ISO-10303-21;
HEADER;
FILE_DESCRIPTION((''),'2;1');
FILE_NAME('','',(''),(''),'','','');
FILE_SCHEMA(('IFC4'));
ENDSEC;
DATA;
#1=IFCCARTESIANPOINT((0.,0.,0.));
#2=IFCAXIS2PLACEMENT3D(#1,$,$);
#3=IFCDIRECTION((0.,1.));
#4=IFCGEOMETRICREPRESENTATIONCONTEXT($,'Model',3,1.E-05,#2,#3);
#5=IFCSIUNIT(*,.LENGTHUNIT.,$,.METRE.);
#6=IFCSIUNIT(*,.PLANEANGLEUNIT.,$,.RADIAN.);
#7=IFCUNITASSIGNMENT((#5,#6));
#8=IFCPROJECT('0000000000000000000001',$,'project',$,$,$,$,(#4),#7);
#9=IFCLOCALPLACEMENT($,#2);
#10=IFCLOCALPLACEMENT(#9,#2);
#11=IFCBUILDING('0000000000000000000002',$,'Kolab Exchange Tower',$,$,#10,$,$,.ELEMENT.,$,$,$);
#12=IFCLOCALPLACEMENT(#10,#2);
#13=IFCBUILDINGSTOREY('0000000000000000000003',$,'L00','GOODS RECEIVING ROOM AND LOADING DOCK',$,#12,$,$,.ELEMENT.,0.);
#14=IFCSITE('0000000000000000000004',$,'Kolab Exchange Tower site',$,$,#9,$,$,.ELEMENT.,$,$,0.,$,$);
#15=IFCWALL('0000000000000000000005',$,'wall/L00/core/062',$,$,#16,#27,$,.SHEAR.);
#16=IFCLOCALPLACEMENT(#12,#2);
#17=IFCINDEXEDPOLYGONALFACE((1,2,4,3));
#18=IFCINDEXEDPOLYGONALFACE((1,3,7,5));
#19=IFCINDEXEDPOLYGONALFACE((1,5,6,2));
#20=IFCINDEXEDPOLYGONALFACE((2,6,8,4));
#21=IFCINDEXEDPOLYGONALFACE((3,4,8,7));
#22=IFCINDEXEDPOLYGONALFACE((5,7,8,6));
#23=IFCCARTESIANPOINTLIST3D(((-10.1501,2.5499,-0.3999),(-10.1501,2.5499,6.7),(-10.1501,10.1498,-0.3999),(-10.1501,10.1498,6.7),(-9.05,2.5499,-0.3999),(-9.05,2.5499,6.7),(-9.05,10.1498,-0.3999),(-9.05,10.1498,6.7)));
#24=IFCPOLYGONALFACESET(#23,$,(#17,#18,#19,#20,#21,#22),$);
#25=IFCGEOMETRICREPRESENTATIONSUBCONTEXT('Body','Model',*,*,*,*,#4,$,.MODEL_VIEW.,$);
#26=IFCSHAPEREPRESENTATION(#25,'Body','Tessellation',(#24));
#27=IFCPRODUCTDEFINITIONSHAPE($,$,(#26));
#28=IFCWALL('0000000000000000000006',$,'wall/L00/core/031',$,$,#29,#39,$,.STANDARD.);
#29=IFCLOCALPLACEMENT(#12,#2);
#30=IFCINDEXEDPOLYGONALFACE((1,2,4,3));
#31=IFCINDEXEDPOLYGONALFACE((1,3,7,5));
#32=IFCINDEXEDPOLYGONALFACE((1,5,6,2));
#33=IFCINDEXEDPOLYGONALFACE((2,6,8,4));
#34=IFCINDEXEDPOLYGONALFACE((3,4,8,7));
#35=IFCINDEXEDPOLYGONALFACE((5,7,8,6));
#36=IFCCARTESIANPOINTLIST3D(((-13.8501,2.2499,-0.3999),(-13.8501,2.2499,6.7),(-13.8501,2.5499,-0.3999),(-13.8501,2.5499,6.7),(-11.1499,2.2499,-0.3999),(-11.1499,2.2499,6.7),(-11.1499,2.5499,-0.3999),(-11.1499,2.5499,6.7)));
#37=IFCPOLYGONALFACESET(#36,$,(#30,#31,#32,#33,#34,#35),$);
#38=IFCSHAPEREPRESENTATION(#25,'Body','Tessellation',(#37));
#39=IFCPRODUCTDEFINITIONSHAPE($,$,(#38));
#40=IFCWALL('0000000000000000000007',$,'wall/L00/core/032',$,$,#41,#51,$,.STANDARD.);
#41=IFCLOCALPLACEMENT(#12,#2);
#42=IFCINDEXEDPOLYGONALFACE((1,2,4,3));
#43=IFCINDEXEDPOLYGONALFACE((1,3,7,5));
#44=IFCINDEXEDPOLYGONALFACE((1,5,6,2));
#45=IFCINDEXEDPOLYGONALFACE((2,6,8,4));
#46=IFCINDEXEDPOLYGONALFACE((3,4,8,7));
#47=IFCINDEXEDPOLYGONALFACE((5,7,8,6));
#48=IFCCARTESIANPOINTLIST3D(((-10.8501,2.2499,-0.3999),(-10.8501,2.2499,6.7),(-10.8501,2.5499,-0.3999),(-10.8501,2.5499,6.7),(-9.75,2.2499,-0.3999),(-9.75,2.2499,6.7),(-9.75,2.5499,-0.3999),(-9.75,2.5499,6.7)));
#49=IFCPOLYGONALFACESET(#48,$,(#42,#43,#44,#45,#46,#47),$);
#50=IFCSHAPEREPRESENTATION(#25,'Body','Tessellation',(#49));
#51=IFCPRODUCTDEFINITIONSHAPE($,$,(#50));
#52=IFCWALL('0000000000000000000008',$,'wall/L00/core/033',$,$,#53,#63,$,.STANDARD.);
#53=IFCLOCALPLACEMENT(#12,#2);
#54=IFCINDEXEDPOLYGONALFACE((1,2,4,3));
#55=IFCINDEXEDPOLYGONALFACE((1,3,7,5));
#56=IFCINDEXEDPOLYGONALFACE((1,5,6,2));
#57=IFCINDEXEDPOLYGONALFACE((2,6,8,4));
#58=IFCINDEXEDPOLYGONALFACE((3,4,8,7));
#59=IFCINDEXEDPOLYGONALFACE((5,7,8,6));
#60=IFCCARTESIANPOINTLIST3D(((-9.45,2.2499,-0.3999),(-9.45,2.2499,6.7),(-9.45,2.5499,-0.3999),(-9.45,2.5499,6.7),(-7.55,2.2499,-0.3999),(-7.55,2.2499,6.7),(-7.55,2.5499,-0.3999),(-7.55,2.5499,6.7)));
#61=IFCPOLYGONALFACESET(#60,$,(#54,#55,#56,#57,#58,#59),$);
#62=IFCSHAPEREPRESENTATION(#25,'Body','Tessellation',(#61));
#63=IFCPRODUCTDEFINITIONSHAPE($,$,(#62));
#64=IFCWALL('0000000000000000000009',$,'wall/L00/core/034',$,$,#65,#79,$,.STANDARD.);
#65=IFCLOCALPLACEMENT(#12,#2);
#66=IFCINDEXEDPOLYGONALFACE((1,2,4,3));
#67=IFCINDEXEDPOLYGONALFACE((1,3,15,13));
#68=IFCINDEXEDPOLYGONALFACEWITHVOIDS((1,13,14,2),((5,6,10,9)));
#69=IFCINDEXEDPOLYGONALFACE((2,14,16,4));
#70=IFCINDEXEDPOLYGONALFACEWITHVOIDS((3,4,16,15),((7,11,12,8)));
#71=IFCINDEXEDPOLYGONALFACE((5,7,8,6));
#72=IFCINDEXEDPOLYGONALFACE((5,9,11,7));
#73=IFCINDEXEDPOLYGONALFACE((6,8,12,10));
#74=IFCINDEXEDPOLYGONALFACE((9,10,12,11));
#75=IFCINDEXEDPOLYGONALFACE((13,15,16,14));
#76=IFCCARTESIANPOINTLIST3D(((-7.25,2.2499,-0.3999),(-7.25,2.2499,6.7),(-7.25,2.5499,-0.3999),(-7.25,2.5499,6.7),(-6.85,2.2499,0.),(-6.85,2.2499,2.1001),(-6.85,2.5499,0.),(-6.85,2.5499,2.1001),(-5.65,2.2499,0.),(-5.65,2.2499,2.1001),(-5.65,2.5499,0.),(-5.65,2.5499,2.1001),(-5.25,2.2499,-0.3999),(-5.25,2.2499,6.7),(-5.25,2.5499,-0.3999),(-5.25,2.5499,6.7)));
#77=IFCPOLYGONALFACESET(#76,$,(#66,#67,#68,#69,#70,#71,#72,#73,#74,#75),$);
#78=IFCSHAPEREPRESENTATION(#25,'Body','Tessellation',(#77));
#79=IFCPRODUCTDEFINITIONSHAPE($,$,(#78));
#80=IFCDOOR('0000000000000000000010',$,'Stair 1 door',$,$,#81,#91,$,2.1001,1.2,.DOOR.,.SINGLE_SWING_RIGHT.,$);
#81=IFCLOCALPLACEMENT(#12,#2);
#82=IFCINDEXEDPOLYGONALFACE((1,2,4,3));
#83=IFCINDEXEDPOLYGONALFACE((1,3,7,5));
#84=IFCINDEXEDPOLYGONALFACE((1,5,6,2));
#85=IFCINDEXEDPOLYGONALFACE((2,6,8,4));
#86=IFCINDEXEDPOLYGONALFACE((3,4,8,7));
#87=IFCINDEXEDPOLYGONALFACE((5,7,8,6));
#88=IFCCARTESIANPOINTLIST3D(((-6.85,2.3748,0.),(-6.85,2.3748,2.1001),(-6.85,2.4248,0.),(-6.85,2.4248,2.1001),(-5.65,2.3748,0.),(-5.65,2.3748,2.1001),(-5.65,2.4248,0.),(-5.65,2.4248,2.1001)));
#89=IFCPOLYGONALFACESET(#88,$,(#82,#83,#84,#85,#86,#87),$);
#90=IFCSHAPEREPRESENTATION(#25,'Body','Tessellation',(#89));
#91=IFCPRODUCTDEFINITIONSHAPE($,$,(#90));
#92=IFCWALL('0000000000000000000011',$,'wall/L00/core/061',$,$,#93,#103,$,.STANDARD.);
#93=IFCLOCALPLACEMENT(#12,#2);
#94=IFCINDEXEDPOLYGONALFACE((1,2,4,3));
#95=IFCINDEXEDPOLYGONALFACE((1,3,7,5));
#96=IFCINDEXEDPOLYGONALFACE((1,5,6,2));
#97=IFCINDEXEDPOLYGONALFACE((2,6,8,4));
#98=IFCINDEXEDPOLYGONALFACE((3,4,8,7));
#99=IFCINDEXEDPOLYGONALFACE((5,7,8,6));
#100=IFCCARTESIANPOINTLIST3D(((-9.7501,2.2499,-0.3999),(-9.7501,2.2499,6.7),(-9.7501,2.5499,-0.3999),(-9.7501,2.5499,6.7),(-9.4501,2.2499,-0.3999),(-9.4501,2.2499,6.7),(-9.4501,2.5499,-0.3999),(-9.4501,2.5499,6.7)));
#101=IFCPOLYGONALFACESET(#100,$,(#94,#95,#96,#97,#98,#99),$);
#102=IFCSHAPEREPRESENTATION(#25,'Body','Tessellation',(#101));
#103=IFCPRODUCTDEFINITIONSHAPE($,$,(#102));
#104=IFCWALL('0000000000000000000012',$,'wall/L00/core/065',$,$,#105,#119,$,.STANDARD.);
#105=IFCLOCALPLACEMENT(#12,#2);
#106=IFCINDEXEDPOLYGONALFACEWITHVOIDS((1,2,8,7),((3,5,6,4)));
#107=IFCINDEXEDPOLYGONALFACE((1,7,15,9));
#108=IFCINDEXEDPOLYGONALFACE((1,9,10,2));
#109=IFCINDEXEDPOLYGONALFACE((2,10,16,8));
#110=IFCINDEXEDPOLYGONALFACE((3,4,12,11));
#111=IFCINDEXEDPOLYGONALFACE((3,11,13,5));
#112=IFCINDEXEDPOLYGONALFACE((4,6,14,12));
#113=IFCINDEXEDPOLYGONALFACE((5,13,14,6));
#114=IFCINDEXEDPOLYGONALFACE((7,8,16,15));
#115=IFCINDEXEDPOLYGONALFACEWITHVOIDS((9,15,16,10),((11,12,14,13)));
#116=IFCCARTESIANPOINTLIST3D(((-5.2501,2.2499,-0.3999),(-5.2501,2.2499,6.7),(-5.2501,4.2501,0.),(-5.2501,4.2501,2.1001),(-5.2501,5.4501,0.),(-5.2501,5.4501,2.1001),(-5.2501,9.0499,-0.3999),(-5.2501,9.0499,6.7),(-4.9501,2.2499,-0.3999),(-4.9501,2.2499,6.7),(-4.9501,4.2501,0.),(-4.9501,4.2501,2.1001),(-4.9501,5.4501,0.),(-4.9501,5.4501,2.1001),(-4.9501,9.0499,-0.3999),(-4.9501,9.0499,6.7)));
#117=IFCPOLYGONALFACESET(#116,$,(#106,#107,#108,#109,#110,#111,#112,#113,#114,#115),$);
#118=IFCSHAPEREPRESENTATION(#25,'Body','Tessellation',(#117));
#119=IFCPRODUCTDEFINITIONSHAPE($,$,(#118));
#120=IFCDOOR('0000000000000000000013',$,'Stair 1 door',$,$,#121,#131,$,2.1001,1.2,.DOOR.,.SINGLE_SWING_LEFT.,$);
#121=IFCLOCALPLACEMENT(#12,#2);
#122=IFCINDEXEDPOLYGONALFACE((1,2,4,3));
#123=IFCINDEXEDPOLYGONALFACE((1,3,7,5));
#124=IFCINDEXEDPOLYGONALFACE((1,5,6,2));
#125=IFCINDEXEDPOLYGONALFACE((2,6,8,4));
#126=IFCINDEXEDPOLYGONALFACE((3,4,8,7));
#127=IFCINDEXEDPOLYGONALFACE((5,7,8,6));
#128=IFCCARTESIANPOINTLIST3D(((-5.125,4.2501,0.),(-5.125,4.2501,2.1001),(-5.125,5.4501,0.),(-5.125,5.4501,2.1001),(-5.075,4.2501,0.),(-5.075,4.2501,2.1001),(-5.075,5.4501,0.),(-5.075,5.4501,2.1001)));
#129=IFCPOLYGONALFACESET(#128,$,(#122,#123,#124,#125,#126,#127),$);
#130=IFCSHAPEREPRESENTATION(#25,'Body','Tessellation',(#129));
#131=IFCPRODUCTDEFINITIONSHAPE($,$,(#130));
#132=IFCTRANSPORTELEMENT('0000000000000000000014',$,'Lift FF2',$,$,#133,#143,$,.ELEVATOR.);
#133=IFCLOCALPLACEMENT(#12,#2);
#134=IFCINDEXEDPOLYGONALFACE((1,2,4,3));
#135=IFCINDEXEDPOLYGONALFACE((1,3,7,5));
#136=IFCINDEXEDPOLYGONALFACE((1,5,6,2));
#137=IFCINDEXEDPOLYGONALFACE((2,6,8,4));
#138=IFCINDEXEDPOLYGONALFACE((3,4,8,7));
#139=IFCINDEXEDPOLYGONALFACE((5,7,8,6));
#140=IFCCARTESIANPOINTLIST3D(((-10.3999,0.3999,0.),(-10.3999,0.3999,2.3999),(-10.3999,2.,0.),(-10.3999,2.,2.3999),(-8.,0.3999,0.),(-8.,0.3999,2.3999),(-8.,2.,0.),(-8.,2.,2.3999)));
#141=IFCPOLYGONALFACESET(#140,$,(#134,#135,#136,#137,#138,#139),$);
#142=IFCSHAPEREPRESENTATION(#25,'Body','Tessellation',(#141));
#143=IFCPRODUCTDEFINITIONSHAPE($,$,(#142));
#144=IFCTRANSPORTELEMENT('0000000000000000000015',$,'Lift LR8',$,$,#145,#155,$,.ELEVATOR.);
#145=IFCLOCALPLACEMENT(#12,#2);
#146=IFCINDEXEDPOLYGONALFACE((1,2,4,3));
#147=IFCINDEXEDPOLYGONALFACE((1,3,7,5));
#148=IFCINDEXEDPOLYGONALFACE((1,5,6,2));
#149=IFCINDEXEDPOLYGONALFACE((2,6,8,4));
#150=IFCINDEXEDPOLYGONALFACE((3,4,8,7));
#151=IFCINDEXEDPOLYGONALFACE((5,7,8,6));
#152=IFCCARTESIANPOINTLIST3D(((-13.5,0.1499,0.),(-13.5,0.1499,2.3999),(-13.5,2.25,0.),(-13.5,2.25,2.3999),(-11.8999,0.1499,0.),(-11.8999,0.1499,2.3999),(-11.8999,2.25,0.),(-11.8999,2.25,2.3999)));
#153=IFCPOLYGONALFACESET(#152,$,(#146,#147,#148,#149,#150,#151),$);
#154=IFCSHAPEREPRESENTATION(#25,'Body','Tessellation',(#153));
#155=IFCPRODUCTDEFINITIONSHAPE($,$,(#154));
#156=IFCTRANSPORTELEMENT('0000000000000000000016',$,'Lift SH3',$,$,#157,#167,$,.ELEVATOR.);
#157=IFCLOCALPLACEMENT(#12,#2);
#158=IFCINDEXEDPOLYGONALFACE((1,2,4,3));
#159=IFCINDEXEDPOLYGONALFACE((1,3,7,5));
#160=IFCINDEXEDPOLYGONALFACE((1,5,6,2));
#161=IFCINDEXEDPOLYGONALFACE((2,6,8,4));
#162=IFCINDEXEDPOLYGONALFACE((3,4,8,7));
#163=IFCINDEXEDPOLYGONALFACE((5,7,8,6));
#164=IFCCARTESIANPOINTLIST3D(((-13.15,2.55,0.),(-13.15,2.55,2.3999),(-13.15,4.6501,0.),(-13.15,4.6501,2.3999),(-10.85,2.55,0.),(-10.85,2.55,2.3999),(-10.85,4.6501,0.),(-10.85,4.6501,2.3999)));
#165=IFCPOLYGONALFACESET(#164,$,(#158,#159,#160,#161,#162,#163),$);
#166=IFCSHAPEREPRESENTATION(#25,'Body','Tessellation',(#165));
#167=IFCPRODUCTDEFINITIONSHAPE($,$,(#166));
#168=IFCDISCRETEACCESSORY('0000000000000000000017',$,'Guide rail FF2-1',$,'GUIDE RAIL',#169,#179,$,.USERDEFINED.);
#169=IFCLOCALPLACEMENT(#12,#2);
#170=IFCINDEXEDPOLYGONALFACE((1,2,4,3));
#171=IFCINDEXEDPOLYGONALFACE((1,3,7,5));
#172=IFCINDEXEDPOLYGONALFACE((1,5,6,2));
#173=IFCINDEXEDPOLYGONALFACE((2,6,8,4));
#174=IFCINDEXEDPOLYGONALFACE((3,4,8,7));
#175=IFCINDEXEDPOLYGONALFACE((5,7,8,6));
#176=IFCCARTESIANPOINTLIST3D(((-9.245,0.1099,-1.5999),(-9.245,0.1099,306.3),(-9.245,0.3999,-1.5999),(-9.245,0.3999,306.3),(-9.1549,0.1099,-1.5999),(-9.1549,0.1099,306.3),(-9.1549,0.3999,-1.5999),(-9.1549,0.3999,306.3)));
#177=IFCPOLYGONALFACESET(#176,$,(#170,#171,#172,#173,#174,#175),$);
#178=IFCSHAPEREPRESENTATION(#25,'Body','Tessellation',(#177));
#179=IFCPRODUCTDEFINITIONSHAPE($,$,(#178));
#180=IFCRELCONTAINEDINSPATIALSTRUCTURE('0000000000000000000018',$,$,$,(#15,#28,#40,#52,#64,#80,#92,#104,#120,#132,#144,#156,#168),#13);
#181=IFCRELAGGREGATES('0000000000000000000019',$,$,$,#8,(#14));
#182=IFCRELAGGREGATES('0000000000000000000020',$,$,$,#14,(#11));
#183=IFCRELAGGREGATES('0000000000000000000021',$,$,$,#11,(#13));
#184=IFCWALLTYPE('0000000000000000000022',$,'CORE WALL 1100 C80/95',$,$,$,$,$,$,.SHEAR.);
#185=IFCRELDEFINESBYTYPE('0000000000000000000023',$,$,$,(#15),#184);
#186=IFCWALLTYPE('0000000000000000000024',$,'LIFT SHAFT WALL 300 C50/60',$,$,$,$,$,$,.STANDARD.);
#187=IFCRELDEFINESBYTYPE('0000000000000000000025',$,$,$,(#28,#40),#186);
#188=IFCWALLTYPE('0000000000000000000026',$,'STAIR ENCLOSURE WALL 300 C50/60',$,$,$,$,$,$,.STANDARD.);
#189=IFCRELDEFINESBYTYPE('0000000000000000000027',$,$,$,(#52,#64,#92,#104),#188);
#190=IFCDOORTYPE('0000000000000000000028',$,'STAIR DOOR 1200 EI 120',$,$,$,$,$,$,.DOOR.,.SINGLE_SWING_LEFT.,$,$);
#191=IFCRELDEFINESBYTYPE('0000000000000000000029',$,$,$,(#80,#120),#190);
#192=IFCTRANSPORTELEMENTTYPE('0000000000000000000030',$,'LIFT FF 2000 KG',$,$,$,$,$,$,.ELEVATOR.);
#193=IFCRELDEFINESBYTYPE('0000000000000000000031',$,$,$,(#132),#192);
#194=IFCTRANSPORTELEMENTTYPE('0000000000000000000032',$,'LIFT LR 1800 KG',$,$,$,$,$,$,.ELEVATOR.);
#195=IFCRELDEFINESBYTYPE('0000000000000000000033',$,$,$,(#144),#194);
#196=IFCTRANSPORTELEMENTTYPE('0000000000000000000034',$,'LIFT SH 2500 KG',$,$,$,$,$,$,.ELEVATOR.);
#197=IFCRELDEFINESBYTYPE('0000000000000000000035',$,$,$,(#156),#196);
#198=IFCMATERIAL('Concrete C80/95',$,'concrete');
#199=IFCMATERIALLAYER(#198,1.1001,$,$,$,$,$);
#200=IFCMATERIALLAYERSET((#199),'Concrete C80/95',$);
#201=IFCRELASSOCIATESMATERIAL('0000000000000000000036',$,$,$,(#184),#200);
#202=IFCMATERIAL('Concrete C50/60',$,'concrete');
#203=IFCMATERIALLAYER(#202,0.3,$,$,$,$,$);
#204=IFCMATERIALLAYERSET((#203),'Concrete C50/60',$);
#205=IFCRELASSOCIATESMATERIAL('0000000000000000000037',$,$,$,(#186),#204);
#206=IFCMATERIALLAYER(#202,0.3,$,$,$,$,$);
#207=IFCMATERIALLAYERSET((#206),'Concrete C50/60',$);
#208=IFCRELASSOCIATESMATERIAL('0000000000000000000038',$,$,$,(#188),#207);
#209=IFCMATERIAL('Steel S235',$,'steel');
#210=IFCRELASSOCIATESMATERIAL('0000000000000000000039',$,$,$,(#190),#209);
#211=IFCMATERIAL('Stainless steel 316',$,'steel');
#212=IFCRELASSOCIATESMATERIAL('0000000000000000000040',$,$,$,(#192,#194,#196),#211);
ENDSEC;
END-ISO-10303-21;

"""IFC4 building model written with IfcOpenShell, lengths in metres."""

from ifc_helpers import new_model, si_unit, direction, frame, frame_2d, origin, origin_2d, place, context, subcontext, project, spatial, rectangle, extrude, material, layer, layer_set, type_object, element, fill, save


model = new_model("IFC4")

# Units and contexts
model_context = context("Model", 3, precision=1e-05, world=origin(), true_north=direction((0.0, 1.0)))
body_context = subcontext(model_context, "Body", "Model", "MODEL_VIEW")
ifc_project = project(units=[si_unit("LENGTHUNIT", "METRE"), si_unit("PLANEANGLEUNIT", "RADIAN")], contexts=[model_context])

# Site, building, storey
site_placement = place(None, origin())
site = spatial("IfcSite", under=ifc_project, at=site_placement, Name="Kolab Exchange Tower site", CompositionType="ELEMENT", RefElevation=0.0)
building_placement = place(site_placement, origin())
building = spatial("IfcBuilding", under=site, at=building_placement, Name="Kolab Exchange Tower", CompositionType="ELEMENT")
storey_placement = place(building_placement, origin())
storey = spatial("IfcBuildingStorey", under=building, at=storey_placement, Name="L00", Description="GOODS RECEIVING ROOM AND LOADING DOCK", CompositionType="ELEMENT", Elevation=0.0)

# Walls
ifc_material_1 = material(Name="Concrete C80/95", Category="concrete")
ifc_layer_1 = layer(ifc_material_1, 1.1001)
ifc_layer_set_1 = layer_set([ifc_layer_1], Name="Concrete C80/95")
wall_type_1 = type_object("IfcWallType", Name="CORE WALL 1100 C80/95", PredefinedType="SHEAR", material=ifc_layer_set_1)
wall_1_placement = place(storey_placement, frame((-9.6001, 2.55, -0.3999), z_axis=(0.0, 0.0, 1.0), x_axis=(0.0, 1.0, 0.0)))
element("IfcWall", 1, at=wall_1_placement, inside=storey, type_object=wall_type_1, Name="wall/L00/core/062", PredefinedType="SHEAR", context=body_context, shape_type="SweptSolid", body=[
    extrude(rectangle(XDim=7.5999, YDim=1.1001, at=frame_2d((3.7998, 0.0))), origin(), (0.0, 0.0, 1.0), 7.0999),
])
ifc_material_2 = material(Name="Concrete C50/60", Category="concrete")
ifc_layer_2 = layer(ifc_material_2, 0.3)
ifc_layer_set_2 = layer_set([ifc_layer_2], Name="Concrete C50/60")
wall_type_2 = type_object("IfcWallType", Name="LIFT SHAFT WALL 300 C50/60", PredefinedType="STANDARD", material=ifc_layer_set_2)
wall_2_placement = place(storey_placement, frame((-13.8501, 2.3999, -0.3999), z_axis=(0.0, 0.0, 1.0), x_axis=(1.0, 0.0, 0.0)))
element("IfcWall", 2, at=wall_2_placement, inside=storey, type_object=wall_type_2, Name="wall/L00/core/031", PredefinedType="STANDARD", context=body_context, shape_type="SweptSolid", body=[
    extrude(rectangle(XDim=2.7002, YDim=0.3, at=frame_2d((1.3501, 0.0))), origin(), (0.0, 0.0, 1.0), 7.0999),
])
wall_3_placement = place(storey_placement, frame((-10.8501, 2.3999, -0.3999), z_axis=(0.0, 0.0, 1.0), x_axis=(1.0, 0.0, 0.0)))
element("IfcWall", 3, at=wall_3_placement, inside=storey, type_object=wall_type_2, Name="wall/L00/core/032", PredefinedType="STANDARD", context=body_context, shape_type="SweptSolid", body=[
    extrude(rectangle(XDim=1.1001, YDim=0.3, at=frame_2d((0.55, 0.0))), origin(), (0.0, 0.0, 1.0), 7.0999),
])
ifc_layer_3 = layer(ifc_material_2, 0.3)
ifc_layer_set_3 = layer_set([ifc_layer_3], Name="Concrete C50/60")
wall_type_3 = type_object("IfcWallType", Name="STAIR ENCLOSURE WALL 300 C50/60", PredefinedType="STANDARD", material=ifc_layer_set_3)
wall_4_placement = place(storey_placement, frame((-9.45, 2.3999, -0.3999), z_axis=(0.0, 0.0, 1.0), x_axis=(1.0, 0.0, 0.0)))
element("IfcWall", 4, at=wall_4_placement, inside=storey, type_object=wall_type_3, Name="wall/L00/core/033", PredefinedType="STANDARD", context=body_context, shape_type="SweptSolid", body=[
    extrude(rectangle(XDim=1.8999, YDim=0.3, at=frame_2d((0.95, 0.0))), origin(), (0.0, 0.0, 1.0), 7.0999),
])

# Wall, opening, door
wall_5_placement = place(storey_placement, frame((-7.25, 2.3999, -0.3999), z_axis=(0.0, 0.0, 1.0), x_axis=(1.0, 0.0, 0.0)))
wall_5 = element("IfcWall", 5, at=wall_5_placement, inside=storey, type_object=wall_type_3, Name="wall/L00/core/034", PredefinedType="STANDARD", context=body_context, shape_type="SweptSolid", body=[
    extrude(rectangle(XDim=2.0, YDim=0.3, at=frame_2d((1.0, 0.0))), origin(), (0.0, 0.0, 1.0), 7.0999),
])
opening_1_placement = place(wall_5_placement, frame((0.3999, 0.0, 0.3999)))
opening_1 = element("IfcOpeningElement", 6, at=opening_1_placement, cuts=wall_5, PredefinedType="OPENING", context=body_context, shape_type="SweptSolid", body=[
    extrude(rectangle(XDim=1.2, YDim=2.1001, at=frame_2d((0.6001, 1.05))), frame((0.0, 0.1602, 0.0), z_axis=(0.0, -1.0, 0.0), x_axis=(1.0, 0.0, 0.0)), (0.0, 0.0, 1.0), 0.3201),
])
ifc_material_3 = material(Name="Steel S235", Category="steel")
door_type = type_object("IfcDoorType", Name="STAIR DOOR 1200 EI 120", OperationType="SINGLE_SWING_LEFT", PredefinedType="DOOR", material=ifc_material_3)
door_1_placement = place(opening_1_placement, origin())
door_1 = element("IfcDoor", 7, at=door_1_placement, inside=storey, type_object=door_type, Name="Stair 1 door", OperationType="SINGLE_SWING_RIGHT", OverallHeight=2.1001, OverallWidth=1.2, PredefinedType="DOOR", context=body_context, shape_type="SweptSolid", body=[
    extrude(rectangle(XDim=1.2, YDim=2.1001, at=frame_2d((0.6001, 1.05))), frame((0.0, 0.0249, 0.0), z_axis=(0.0, -1.0, 0.0), x_axis=(1.0, 0.0, 0.0)), (0.0, 0.0, 1.0), 0.05),
])
fill(opening_1, door_1)

# Wall
wall_6_placement = place(storey_placement, frame((-9.6001, 2.25, -0.3999), z_axis=(0.0, 0.0, 1.0), x_axis=(0.0, 1.0, 0.0)))
element("IfcWall", 8, at=wall_6_placement, inside=storey, type_object=wall_type_3, Name="wall/L00/core/061", PredefinedType="STANDARD", context=body_context, shape_type="SweptSolid", body=[
    extrude(rectangle(XDim=0.3, YDim=0.3, at=frame_2d((0.1499, 0.0))), origin(), (0.0, 0.0, 1.0), 7.0999),
])

# Wall, opening, door
wall_7_placement = place(storey_placement, frame((-5.1001, 2.25, -0.3999), z_axis=(0.0, 0.0, 1.0), x_axis=(0.0, 1.0, 0.0)))
wall_7 = element("IfcWall", 9, at=wall_7_placement, inside=storey, type_object=wall_type_3, Name="wall/L00/core/065", PredefinedType="STANDARD", context=body_context, shape_type="SweptSolid", body=[
    extrude(rectangle(XDim=6.8, YDim=0.3, at=frame_2d((3.3999, 0.0))), origin(), (0.0, 0.0, 1.0), 7.0999),
])
opening_2_placement = place(wall_7_placement, frame((2.0, 0.0, 0.3999)))
opening_2 = element("IfcOpeningElement", 10, at=opening_2_placement, cuts=wall_7, PredefinedType="OPENING", context=body_context, shape_type="SweptSolid", body=[
    extrude(rectangle(XDim=1.2, YDim=2.1001, at=frame_2d((0.6001, 1.05))), frame((0.0, 0.1602, 0.0), z_axis=(0.0, -1.0, 0.0), x_axis=(1.0, 0.0, 0.0)), (0.0, 0.0, 1.0), 0.3201),
])
door_2_placement = place(opening_2_placement, origin())
door_2 = element("IfcDoor", 11, at=door_2_placement, inside=storey, type_object=door_type, Name="Stair 1 door", OperationType="SINGLE_SWING_LEFT", OverallHeight=2.1001, OverallWidth=1.2, PredefinedType="DOOR", context=body_context, shape_type="SweptSolid", body=[
    extrude(rectangle(XDim=1.2, YDim=2.1001, at=frame_2d((0.6001, 1.05))), frame((0.0, 0.0249, 0.0), z_axis=(0.0, -1.0, 0.0), x_axis=(1.0, 0.0, 0.0)), (0.0, 0.0, 1.0), 0.05),
])
fill(opening_2, door_2)

# Transport elements
ifc_material_4 = material(Name="Stainless steel 316", Category="steel")
transport_element_type_1 = type_object("IfcTransportElementType", Name="LIFT FF 2000 KG", PredefinedType="ELEVATOR", material=ifc_material_4)
transport_element_1_placement = place(storey_placement, frame((-9.2, 1.2, 0.0), z_axis=(0.0, 0.0, 1.0), x_axis=(1.0, 0.0, 0.0)))
element("IfcTransportElement", 12, at=transport_element_1_placement, inside=storey, type_object=transport_element_type_1, Name="Lift FF2", PredefinedType="ELEVATOR", context=body_context, shape_type="SweptSolid", body=[
    extrude(rectangle(XDim=2.3999, YDim=1.6001, at=origin_2d()), origin(), (0.0, 0.0, 1.0), 2.3999),
])
transport_element_type_2 = type_object("IfcTransportElementType", Name="LIFT LR 1800 KG", PredefinedType="ELEVATOR", material=ifc_material_4)
transport_element_2_placement = place(storey_placement, frame((-12.7, 1.2, 0.0), z_axis=(0.0, 0.0, 1.0), x_axis=(1.0, 0.0, 0.0)))
element("IfcTransportElement", 13, at=transport_element_2_placement, inside=storey, type_object=transport_element_type_2, Name="Lift LR8", PredefinedType="ELEVATOR", context=body_context, shape_type="SweptSolid", body=[
    extrude(rectangle(XDim=1.6001, YDim=2.1001, at=origin_2d()), origin(), (0.0, 0.0, 1.0), 2.3999),
])
transport_element_type_3 = type_object("IfcTransportElementType", Name="LIFT SH 2500 KG", PredefinedType="ELEVATOR", material=ifc_material_4)
transport_element_3_placement = place(storey_placement, frame((-12.0, 3.6001, 0.0), z_axis=(0.0, 0.0, 1.0), x_axis=(1.0, 0.0, 0.0)))
element("IfcTransportElement", 14, at=transport_element_3_placement, inside=storey, type_object=transport_element_type_3, Name="Lift SH3", PredefinedType="ELEVATOR", context=body_context, shape_type="SweptSolid", body=[
    extrude(rectangle(XDim=2.3, YDim=2.1001, at=origin_2d()), origin(), (0.0, 0.0, 1.0), 2.3999),
])

# Discrete accessory
for number, where, z_axis, x_axis, name in (
    (15, (-9.2, 0.2549, -1.5999), (0.0, 0.0, 1.0), (1.0, 0.0, 0.0), "Guide rail FF2-1"),
):
    element("IfcDiscreteAccessory", number, at=place(storey_placement, frame(where, z_axis=z_axis, x_axis=x_axis)), inside=storey, Name=name, ObjectType="GUIDE RAIL", PredefinedType="USERDEFINED", context=body_context, shape_type="SweptSolid", body=[
        extrude(rectangle(XDim=0.0901, YDim=0.29, at=origin_2d()), origin(), (0.0, 0.0, 1.0), 307.8999),
    ])

save(model, "model.ifc")
